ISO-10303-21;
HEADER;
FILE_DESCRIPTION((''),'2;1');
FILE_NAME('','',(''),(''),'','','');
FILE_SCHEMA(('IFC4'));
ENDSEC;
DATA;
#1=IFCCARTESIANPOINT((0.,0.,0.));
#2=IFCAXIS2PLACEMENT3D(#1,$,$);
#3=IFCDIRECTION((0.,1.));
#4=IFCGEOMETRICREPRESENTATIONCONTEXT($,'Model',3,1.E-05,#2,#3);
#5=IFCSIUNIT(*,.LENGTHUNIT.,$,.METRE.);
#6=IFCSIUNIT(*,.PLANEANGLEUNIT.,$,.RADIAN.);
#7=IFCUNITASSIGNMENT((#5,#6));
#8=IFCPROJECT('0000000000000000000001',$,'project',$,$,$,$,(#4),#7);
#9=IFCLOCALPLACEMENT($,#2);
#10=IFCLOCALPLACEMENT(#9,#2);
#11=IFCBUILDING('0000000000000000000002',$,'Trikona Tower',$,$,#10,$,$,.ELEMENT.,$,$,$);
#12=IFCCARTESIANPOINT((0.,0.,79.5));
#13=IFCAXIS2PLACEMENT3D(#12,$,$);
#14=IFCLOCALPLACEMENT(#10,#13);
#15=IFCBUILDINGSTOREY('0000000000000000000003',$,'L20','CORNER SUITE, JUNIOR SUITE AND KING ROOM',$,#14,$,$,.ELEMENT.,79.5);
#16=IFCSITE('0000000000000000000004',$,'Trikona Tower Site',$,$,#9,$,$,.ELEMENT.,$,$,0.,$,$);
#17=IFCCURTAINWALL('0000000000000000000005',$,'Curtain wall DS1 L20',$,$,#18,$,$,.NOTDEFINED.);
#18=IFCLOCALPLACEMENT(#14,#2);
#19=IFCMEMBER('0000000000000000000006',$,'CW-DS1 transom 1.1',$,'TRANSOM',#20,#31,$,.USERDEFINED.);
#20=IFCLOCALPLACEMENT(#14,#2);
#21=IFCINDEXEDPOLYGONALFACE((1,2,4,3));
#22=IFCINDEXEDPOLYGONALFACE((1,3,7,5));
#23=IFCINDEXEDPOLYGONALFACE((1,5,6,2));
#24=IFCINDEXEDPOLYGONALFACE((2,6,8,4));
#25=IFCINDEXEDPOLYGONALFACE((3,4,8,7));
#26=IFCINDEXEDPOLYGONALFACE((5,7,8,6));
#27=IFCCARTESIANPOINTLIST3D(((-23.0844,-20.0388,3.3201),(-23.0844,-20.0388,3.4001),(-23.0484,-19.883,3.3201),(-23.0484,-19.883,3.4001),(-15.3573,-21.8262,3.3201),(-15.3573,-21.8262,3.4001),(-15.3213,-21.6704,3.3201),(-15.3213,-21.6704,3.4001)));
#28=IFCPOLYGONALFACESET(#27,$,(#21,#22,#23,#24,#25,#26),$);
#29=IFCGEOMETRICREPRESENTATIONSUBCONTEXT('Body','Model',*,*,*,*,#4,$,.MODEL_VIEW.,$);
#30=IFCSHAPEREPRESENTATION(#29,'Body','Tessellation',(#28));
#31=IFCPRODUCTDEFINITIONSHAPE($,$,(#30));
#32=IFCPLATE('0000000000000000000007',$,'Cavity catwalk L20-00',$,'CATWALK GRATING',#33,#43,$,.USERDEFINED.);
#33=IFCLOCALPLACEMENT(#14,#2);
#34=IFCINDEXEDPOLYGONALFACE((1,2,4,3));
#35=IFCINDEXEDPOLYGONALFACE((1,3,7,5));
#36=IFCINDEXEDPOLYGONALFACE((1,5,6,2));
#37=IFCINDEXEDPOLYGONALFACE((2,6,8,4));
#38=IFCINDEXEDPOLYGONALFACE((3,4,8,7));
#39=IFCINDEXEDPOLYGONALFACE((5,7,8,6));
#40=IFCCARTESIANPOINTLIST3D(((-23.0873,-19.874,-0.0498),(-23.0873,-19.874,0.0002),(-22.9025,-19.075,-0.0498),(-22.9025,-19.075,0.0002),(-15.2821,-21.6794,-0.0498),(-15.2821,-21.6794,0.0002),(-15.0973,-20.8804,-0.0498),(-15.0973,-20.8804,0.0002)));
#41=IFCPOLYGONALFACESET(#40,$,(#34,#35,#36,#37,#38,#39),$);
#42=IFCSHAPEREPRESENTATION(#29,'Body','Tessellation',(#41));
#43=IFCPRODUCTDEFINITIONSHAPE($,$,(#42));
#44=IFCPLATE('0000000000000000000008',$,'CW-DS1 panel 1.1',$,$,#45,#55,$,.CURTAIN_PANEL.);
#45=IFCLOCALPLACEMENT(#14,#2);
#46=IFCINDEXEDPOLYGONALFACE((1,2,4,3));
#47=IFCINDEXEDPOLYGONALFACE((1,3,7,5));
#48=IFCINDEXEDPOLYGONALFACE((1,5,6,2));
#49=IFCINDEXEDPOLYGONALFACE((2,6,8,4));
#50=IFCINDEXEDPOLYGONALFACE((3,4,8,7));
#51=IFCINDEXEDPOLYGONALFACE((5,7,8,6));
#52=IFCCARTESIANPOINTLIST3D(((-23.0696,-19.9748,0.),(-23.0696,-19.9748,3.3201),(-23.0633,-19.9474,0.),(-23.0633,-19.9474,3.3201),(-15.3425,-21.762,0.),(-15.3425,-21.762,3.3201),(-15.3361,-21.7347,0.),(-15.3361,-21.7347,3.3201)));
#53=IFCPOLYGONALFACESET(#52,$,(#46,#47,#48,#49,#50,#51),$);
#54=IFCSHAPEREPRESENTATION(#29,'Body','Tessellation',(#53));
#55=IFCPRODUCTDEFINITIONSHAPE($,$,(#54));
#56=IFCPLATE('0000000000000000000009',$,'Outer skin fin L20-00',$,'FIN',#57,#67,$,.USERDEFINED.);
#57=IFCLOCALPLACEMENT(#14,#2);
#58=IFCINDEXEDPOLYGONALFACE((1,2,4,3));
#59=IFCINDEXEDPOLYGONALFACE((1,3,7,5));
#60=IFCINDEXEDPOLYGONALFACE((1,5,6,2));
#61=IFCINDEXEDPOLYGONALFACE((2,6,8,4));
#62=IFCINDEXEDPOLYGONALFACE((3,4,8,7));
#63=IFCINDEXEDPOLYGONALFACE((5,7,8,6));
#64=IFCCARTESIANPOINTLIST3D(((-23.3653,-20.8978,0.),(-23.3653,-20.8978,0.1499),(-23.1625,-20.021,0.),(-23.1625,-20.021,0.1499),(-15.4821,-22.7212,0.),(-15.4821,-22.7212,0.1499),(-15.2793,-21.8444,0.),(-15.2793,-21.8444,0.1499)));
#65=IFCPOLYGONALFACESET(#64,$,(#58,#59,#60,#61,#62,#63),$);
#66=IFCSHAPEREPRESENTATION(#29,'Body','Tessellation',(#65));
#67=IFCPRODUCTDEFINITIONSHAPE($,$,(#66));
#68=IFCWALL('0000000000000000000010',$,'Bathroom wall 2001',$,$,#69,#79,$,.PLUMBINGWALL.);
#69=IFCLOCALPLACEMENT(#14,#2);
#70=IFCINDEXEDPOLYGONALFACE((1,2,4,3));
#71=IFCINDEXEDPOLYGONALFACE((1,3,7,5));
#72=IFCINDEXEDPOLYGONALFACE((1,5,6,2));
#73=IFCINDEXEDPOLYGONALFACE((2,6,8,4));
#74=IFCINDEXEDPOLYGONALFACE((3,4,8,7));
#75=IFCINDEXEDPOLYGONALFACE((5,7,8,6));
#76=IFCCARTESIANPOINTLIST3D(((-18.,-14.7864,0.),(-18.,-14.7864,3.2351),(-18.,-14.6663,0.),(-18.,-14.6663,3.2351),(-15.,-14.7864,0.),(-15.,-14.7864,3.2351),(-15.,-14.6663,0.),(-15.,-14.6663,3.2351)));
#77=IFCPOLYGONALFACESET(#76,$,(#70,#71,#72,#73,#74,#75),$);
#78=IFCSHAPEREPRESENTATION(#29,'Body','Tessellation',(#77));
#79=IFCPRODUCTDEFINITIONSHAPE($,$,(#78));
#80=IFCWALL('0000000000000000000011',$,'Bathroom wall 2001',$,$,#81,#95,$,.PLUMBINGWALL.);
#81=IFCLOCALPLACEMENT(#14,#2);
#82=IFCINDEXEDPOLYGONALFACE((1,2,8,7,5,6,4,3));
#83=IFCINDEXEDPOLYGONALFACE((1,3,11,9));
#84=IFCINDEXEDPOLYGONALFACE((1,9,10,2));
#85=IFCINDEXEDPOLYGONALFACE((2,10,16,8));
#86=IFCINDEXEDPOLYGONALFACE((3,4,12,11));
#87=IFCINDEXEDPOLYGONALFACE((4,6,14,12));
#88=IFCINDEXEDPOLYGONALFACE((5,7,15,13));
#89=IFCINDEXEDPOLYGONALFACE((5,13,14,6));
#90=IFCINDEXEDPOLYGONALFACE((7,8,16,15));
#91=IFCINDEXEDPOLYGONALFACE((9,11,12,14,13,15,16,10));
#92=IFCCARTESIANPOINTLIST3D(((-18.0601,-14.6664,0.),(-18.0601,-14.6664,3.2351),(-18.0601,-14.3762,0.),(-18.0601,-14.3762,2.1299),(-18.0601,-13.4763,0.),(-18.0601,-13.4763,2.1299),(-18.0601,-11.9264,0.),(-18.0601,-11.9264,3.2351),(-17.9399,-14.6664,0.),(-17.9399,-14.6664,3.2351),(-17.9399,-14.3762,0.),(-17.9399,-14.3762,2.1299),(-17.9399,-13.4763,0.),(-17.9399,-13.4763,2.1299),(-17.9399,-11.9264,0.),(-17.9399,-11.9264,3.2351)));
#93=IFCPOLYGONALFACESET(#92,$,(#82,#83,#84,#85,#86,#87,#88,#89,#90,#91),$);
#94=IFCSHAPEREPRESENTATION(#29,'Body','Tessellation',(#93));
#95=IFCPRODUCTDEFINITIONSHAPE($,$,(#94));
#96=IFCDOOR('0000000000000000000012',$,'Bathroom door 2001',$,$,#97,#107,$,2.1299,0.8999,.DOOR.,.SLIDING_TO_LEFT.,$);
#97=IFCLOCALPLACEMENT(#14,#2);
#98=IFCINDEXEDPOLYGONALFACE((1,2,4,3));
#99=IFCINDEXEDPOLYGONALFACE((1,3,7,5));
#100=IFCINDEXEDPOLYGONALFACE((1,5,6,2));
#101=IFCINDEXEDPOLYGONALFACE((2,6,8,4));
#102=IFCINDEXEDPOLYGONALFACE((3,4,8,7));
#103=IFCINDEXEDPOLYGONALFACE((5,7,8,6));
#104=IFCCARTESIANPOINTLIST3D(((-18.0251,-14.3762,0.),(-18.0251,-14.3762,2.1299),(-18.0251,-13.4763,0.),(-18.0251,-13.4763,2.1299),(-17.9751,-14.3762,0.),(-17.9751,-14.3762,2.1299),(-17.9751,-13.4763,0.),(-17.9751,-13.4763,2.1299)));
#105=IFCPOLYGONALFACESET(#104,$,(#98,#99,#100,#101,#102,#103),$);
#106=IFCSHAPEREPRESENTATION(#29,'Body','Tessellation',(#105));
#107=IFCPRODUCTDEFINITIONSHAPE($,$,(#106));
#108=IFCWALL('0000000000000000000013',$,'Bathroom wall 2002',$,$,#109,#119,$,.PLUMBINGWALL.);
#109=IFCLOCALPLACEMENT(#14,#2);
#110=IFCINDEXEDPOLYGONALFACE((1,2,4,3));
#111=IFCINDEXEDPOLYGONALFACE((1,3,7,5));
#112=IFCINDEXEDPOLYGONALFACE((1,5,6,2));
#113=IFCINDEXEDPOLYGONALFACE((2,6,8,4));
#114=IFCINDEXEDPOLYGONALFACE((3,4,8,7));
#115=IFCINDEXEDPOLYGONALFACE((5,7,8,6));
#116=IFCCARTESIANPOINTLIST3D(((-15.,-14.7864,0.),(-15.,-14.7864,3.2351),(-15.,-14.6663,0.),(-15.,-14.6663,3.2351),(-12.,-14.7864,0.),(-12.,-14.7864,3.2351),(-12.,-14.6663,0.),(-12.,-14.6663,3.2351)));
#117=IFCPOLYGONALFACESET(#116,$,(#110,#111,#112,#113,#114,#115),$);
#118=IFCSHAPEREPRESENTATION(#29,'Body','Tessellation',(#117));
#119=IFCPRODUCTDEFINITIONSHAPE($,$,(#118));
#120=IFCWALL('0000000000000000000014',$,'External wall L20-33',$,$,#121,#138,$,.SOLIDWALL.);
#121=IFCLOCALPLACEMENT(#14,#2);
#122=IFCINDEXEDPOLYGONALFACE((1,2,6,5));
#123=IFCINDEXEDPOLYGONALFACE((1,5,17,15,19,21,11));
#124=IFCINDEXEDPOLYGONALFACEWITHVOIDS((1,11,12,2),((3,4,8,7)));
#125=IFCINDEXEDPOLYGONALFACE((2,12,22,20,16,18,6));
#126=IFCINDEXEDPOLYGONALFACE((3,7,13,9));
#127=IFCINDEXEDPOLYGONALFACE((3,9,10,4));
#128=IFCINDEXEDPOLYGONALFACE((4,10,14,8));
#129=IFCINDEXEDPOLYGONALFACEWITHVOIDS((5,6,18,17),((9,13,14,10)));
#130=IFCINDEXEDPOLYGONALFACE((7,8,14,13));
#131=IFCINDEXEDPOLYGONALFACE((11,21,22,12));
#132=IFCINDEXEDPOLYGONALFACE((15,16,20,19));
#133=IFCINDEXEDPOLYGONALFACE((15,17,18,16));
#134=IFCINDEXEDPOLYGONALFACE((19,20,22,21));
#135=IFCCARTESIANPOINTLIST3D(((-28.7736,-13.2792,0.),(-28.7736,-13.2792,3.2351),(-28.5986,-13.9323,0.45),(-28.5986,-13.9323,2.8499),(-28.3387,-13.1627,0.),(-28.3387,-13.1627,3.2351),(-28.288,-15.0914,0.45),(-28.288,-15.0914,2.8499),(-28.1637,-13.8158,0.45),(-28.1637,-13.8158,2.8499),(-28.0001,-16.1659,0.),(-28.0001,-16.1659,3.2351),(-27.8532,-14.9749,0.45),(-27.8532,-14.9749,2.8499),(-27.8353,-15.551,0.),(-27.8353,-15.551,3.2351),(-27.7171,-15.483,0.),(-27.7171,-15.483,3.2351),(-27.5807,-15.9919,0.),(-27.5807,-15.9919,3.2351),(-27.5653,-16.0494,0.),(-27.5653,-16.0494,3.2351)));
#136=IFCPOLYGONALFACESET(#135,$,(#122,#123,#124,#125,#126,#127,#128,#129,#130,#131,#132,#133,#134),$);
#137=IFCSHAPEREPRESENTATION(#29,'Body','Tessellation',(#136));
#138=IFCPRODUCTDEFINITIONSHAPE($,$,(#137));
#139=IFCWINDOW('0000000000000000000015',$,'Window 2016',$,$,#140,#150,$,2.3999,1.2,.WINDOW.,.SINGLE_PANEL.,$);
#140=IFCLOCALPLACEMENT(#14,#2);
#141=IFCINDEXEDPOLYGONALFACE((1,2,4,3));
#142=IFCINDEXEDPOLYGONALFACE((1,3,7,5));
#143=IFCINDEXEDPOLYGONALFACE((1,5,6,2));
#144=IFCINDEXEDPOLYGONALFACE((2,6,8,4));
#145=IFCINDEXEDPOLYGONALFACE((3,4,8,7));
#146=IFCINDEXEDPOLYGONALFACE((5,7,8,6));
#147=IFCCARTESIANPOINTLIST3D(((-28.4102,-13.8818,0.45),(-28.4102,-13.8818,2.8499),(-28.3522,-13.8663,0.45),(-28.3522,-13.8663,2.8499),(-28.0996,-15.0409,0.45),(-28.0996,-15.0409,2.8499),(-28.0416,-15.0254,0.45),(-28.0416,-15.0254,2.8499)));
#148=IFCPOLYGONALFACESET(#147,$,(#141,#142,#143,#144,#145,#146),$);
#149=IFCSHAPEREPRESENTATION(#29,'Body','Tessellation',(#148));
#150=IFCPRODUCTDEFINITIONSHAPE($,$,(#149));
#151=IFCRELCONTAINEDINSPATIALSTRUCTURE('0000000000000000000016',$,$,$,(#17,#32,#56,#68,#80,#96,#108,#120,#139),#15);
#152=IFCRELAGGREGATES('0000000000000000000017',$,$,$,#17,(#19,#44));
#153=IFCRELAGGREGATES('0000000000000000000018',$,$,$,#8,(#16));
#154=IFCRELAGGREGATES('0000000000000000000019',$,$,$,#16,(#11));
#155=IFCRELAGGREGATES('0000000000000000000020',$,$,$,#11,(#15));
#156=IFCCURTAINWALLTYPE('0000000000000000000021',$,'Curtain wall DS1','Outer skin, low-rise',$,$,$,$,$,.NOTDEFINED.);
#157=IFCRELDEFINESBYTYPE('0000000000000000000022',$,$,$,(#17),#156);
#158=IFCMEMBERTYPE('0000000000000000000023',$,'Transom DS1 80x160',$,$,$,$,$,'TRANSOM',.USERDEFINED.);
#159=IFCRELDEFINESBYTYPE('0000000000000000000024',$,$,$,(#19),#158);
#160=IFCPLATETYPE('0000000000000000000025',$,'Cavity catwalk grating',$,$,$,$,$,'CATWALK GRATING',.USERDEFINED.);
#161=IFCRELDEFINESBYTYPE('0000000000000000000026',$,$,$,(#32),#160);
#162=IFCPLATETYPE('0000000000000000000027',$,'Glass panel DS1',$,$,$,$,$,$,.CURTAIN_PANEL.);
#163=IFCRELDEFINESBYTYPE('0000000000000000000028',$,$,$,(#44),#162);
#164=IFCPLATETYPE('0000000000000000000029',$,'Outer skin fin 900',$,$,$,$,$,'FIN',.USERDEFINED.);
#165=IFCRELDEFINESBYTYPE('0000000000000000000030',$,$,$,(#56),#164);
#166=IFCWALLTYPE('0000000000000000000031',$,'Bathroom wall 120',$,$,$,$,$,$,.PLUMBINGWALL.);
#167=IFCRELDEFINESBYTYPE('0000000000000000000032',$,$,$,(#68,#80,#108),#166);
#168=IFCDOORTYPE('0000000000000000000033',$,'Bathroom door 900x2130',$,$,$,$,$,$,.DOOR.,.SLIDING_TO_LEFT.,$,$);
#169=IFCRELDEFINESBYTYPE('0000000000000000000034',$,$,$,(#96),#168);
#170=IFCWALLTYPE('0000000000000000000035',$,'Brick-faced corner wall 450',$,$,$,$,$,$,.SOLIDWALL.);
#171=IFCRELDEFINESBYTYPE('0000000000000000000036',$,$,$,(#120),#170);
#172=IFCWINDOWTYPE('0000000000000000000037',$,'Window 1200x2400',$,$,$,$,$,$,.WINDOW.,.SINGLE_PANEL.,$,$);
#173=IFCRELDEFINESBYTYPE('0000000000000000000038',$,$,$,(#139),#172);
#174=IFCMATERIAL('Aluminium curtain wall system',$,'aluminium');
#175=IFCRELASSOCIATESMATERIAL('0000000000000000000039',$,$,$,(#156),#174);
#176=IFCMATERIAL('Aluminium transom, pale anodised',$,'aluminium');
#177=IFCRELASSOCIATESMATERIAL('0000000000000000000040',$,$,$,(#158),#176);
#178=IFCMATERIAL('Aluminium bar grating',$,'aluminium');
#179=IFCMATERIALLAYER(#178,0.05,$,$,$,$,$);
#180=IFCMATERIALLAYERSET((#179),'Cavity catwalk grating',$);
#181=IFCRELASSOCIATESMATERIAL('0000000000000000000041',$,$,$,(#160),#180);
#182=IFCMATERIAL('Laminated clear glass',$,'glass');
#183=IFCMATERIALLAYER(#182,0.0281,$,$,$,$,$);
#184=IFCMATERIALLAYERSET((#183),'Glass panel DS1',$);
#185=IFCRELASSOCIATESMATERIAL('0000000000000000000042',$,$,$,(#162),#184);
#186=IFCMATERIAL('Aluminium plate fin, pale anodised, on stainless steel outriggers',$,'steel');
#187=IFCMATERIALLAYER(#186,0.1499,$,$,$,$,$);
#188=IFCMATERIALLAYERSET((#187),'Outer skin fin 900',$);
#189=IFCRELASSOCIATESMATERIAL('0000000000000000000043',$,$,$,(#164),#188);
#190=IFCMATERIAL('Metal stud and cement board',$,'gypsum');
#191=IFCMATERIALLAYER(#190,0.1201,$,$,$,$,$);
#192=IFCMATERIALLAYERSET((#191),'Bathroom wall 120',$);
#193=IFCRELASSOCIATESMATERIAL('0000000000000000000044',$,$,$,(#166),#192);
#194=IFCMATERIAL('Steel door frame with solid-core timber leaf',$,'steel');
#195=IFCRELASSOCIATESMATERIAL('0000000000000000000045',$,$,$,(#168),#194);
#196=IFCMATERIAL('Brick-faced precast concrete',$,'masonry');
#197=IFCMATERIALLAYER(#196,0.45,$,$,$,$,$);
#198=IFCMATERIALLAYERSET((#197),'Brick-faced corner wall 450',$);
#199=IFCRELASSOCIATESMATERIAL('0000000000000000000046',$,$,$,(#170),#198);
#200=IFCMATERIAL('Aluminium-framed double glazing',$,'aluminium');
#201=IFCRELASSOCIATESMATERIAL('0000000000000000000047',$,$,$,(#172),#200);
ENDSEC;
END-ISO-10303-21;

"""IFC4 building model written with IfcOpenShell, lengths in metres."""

from ifc_helpers import new_model, si_unit, direction, frame, frame_2d, origin, origin_2d, place, context, subcontext, project, spatial, polyline, rectangle, outline, extrude, material, layer, layer_set, material_profile, profile_set, type_object, element, fill, aggregate, save


model = new_model("IFC4")

# Units and contexts
model_context = context("Model", 3, precision=1e-05, world=origin(), true_north=direction((0.0, 1.0)))
body_context = subcontext(model_context, "Body", "Model", "MODEL_VIEW")
ifc_project = project(units=[si_unit("LENGTHUNIT", "METRE"), si_unit("PLANEANGLEUNIT", "RADIAN")], contexts=[model_context])

# Site, building, storey
site_placement = place(None, origin())
site = spatial("IfcSite", under=ifc_project, at=site_placement, Name="Trikona Tower Site", CompositionType="ELEMENT", RefElevation=0.0)
building_placement = place(site_placement, origin())
building = spatial("IfcBuilding", under=site, at=building_placement, Name="Trikona Tower", CompositionType="ELEMENT")
storey_placement = place(building_placement, frame((0.0, 0.0, 79.5)))
storey = spatial("IfcBuildingStorey", under=building, at=storey_placement, Name="L20", Description="CORNER SUITE, JUNIOR SUITE AND KING ROOM", CompositionType="ELEMENT", Elevation=79.5)

# Curtain wall
ifc_material_1 = material(Name="Aluminium curtain wall system", Category="aluminium")
curtain_wall_type = type_object("IfcCurtainWallType", Name="Curtain wall DS1", Description="Outer skin, low-rise", PredefinedType="NOTDEFINED", material=ifc_material_1)
curtain_wall_1_placement = place(storey_placement, origin())
curtain_wall_1 = element("IfcCurtainWall", 1, at=curtain_wall_1_placement, inside=storey, type_object=curtain_wall_type, Name="Curtain wall DS1 L20", PredefinedType="NOTDEFINED")

# Member
ifc_material_2 = material(Name="Aluminium transom, pale anodised", Category="aluminium")
ifc_material_profile_1 = material_profile(ifc_material_2, rectangle(XDim=0.1599, YDim=0.0801, at=origin_2d()), Name="TRN-DS1")
ifc_profile_set_1 = profile_set([ifc_material_profile_1], Name="Aluminium transom, pale anodised")
member_type_1 = type_object("IfcMemberType", Name="Transom DS1 80x160", ElementType="TRANSOM", PredefinedType="USERDEFINED", material=ifc_profile_set_1)
member_1_placement = place(storey_placement, frame((-23.0664, -19.9609, 3.3601), z_axis=(0.974275, -0.225361, 0.0), x_axis=(0.225361, 0.974275, 0.0)))
member_1 = element("IfcMember", 2, at=member_1_placement, type_object=member_type_1, Name="CW-DS1 transom 1.1", ObjectType="TRANSOM", PredefinedType="USERDEFINED", context=body_context, shape_type="SweptSolid", body=[
    extrude(rectangle(XDim=0.1599, YDim=0.0801, at=origin_2d()), origin(), (0.0, 0.0, 1.0), 7.9312),
])

# Plates
ifc_material_3 = material(Name="Aluminium bar grating", Category="aluminium")
ifc_layer_1 = layer(ifc_material_3, 0.05)
ifc_layer_set_1 = layer_set([ifc_layer_1], Name="Cavity catwalk grating")
plate_type_1 = type_object("IfcPlateType", Name="Cavity catwalk grating", ElementType="CATWALK GRATING", PredefinedType="USERDEFINED", material=ifc_layer_set_1)
plate_1_placement = place(storey_placement, frame((-19.0923, -20.3772, -0.0498), z_axis=(0.0, 0.0, 1.0), x_axis=(0.974278, -0.225351, 0.0)))
element("IfcPlate", 3, at=plate_1_placement, inside=storey, type_object=plate_type_1, Name="Cavity catwalk L20-00", ObjectType="CATWALK GRATING", PredefinedType="USERDEFINED", context=body_context, shape_type="SweptSolid", body=[
    extrude(rectangle(XDim=8.0112, YDim=0.8201, at=origin_2d()), origin(), (0.0, 0.0, 1.0), 0.05),
])
ifc_material_4 = material(Name="Laminated clear glass", Category="glass")
ifc_layer_2 = layer(ifc_material_4, 0.0281)
ifc_layer_set_2 = layer_set([ifc_layer_2], Name="Glass panel DS1")
plate_type_2 = type_object("IfcPlateType", Name="Glass panel DS1", PredefinedType="CURTAIN_PANEL", material=ifc_layer_set_2)
plate_2_placement = place(storey_placement, frame((-19.2029, -20.8547, 0.0), z_axis=(0.0, 0.0, 1.0), x_axis=(0.974279, -0.225343, 0.0)))
plate_2 = element("IfcPlate", 4, at=plate_2_placement, type_object=plate_type_2, Name="CW-DS1 panel 1.1", PredefinedType="CURTAIN_PANEL", context=body_context, shape_type="SweptSolid", body=[
    extrude(rectangle(XDim=7.9312, YDim=0.0281, at=origin_2d()), origin(), (0.0, 0.0, 1.0), 3.3201),
])
aggregate(curtain_wall_1, [member_1, plate_2])
ifc_material_5 = material(Name="Aluminium plate fin, pale anodised, on stainless steel outriggers", Category="steel")
ifc_layer_3 = layer(ifc_material_5, 0.1499)
ifc_layer_set_3 = layer_set([ifc_layer_3], Name="Outer skin fin 900")
plate_type_3 = type_object("IfcPlateType", Name="Outer skin fin 900", ElementType="FIN", PredefinedType="USERDEFINED", material=ifc_layer_set_3)
plate_3_placement = place(storey_placement, frame((-19.3223, -21.3711, 0.0), z_axis=(0.0, 0.0, 1.0), x_axis=(0.974278, -0.225351, 0.0)))
element("IfcPlate", 5, at=plate_3_placement, inside=storey, type_object=plate_type_3, Name="Outer skin fin L20-00", ObjectType="FIN", PredefinedType="USERDEFINED", context=body_context, shape_type="SweptSolid", body=[
    extrude(rectangle(XDim=8.0913, YDim=0.8999, at=origin_2d()), origin(), (0.0, 0.0, 1.0), 0.1499),
])

# Wall
ifc_material_6 = material(Name="Metal stud and cement board", Category="gypsum")
ifc_layer_4 = layer(ifc_material_6, 0.1201)
ifc_layer_set_4 = layer_set([ifc_layer_4], Name="Bathroom wall 120")
wall_type_1 = type_object("IfcWallType", Name="Bathroom wall 120", PredefinedType="PLUMBINGWALL", material=ifc_layer_set_4)
wall_1_placement = place(storey_placement, frame((-18.0, -14.7263, 0.0), z_axis=(0.0, 0.0, 1.0), x_axis=(1.0, 0.0, 0.0)))
element("IfcWall", 6, at=wall_1_placement, inside=storey, type_object=wall_type_1, Name="Bathroom wall 2001", PredefinedType="PLUMBINGWALL", context=body_context, shape_type="SweptSolid", body=[
    extrude(rectangle(XDim=3.0, YDim=0.1201, at=frame_2d((1.5, 0.0))), origin(), (0.0, 0.0, 1.0), 3.2351),
])

# Wall, opening, door
wall_2_placement = place(storey_placement, frame((-18.0, -11.9263, 0.0), z_axis=(0.0, 0.0, 1.0), x_axis=(0.0, -1.0, 0.0)))
wall_2 = element("IfcWall", 7, at=wall_2_placement, inside=storey, type_object=wall_type_1, Name="Bathroom wall 2001", PredefinedType="PLUMBINGWALL", context=body_context, shape_type="SweptSolid", body=[
    extrude(rectangle(XDim=2.74, YDim=0.1201, at=frame_2d((1.3701, 0.0))), origin(), (0.0, 0.0, 1.0), 3.2351),
])
opening_1_placement = place(wall_2_placement, frame((1.55, 0.0, 0.0)))
opening_1 = element("IfcOpeningElement", 8, at=opening_1_placement, cuts=wall_2, PredefinedType="OPENING", context=body_context, shape_type="SweptSolid", body=[
    extrude(rectangle(XDim=0.8999, YDim=2.1299, at=frame_2d((0.45, 1.0649))), frame((0.0, 0.0701, 0.0), z_axis=(0.0, -1.0, 0.0), x_axis=(1.0, 0.0, 0.0)), (0.0, 0.0, 1.0), 0.1401),
])
ifc_material_7 = material(Name="Steel door frame with solid-core timber leaf", Category="steel")
door_type = type_object("IfcDoorType", Name="Bathroom door 900x2130", OperationType="SLIDING_TO_LEFT", PredefinedType="DOOR", material=ifc_material_7)
door_placement = place(opening_1_placement, origin())
door = element("IfcDoor", 9, at=door_placement, inside=storey, type_object=door_type, Name="Bathroom door 2001", OperationType="SLIDING_TO_LEFT", OverallHeight=2.1299, OverallWidth=0.8999, PredefinedType="DOOR", context=body_context, shape_type="SweptSolid", body=[
    extrude(rectangle(XDim=0.8999, YDim=2.1299, at=frame_2d((0.45, 1.0649))), frame((0.0, 0.0249, 0.0), z_axis=(0.0, -1.0, 0.0), x_axis=(1.0, 0.0, 0.0)), (0.0, 0.0, 1.0), 0.05),
])
fill(opening_1, door)

# Wall
wall_3_placement = place(storey_placement, frame((-15.0, -14.7263, 0.0), z_axis=(0.0, 0.0, 1.0), x_axis=(1.0, 0.0, 0.0)))
element("IfcWall", 10, at=wall_3_placement, inside=storey, type_object=wall_type_1, Name="Bathroom wall 2002", PredefinedType="PLUMBINGWALL", context=body_context, shape_type="SweptSolid", body=[
    extrude(rectangle(XDim=3.0, YDim=0.1201, at=frame_2d((1.5, 0.0))), origin(), (0.0, 0.0, 1.0), 3.2351),
])

# Wall, opening, window
ifc_material_8 = material(Name="Brick-faced precast concrete", Category="masonry")
ifc_layer_5 = layer(ifc_material_8, 0.45)
ifc_layer_set_5 = layer_set([ifc_layer_5], Name="Brick-faced corner wall 450")
wall_type_2 = type_object("IfcWallType", Name="Brick-faced corner wall 450", PredefinedType="SOLIDWALL", material=ifc_layer_set_5)
wall_4_placement = place(storey_placement, frame((-28.5562, -13.2209, 0.0), z_axis=(0.0, 0.0, 1.0), x_axis=(0.258801, -0.965931, 0.0)))
wall_4 = element("IfcWall", 11, at=wall_4_placement, inside=storey, type_object=wall_type_2, Name="External wall L20-33", PredefinedType="SOLIDWALL", context=body_context, shape_type="SweptSolid", body=[
    extrude(outline(polyline([(2.9885, 0.2251), (2.929, 0.2251), (2.4373, 0.0933), (2.4021, 0.2251), (0.0, 0.2251), (0.0, -0.2251), (2.9885, -0.2251), (2.9885, 0.2251)])), origin(), (0.0, 0.0, 1.0), 3.2351),
])
opening_2_placement = place(wall_4_placement, frame((0.676, 0.0, 0.45)))
opening_2 = element("IfcOpeningElement", 12, at=opening_2_placement, cuts=wall_4, PredefinedType="OPENING", context=body_context, shape_type="SweptSolid", body=[
    extrude(rectangle(XDim=1.2, YDim=2.3999, at=frame_2d((0.6001, 1.2))), frame((0.0, 0.2349, 0.0), z_axis=(0.0, -1.0, 0.0), x_axis=(1.0, 0.0, 0.0)), (0.0, 0.0, 1.0), 0.47),
])
ifc_material_9 = material(Name="Aluminium-framed double glazing", Category="aluminium")
window_type_1 = type_object("IfcWindowType", Name="Window 1200x2400", PartitioningType="SINGLE_PANEL", PredefinedType="WINDOW", material=ifc_material_9)
window_1_placement = place(opening_2_placement, origin())
window_1 = element("IfcWindow", 13, at=window_1_placement, inside=storey, type_object=window_type_1, Name="Window 2016", OverallHeight=2.3999, OverallWidth=1.2, PartitioningType="SINGLE_PANEL", PredefinedType="WINDOW", context=body_context, shape_type="SweptSolid", body=[
    extrude(rectangle(XDim=1.2, YDim=2.3999, at=frame_2d((0.6001, 1.2))), frame((0.0, 0.03, 0.0), z_axis=(0.0, -1.0, 0.0), x_axis=(1.0, 0.0, 0.0)), (0.0, 0.0, 1.0), 0.0601),
])
fill(opening_2, window_1)

save(model, "model.ifc")
